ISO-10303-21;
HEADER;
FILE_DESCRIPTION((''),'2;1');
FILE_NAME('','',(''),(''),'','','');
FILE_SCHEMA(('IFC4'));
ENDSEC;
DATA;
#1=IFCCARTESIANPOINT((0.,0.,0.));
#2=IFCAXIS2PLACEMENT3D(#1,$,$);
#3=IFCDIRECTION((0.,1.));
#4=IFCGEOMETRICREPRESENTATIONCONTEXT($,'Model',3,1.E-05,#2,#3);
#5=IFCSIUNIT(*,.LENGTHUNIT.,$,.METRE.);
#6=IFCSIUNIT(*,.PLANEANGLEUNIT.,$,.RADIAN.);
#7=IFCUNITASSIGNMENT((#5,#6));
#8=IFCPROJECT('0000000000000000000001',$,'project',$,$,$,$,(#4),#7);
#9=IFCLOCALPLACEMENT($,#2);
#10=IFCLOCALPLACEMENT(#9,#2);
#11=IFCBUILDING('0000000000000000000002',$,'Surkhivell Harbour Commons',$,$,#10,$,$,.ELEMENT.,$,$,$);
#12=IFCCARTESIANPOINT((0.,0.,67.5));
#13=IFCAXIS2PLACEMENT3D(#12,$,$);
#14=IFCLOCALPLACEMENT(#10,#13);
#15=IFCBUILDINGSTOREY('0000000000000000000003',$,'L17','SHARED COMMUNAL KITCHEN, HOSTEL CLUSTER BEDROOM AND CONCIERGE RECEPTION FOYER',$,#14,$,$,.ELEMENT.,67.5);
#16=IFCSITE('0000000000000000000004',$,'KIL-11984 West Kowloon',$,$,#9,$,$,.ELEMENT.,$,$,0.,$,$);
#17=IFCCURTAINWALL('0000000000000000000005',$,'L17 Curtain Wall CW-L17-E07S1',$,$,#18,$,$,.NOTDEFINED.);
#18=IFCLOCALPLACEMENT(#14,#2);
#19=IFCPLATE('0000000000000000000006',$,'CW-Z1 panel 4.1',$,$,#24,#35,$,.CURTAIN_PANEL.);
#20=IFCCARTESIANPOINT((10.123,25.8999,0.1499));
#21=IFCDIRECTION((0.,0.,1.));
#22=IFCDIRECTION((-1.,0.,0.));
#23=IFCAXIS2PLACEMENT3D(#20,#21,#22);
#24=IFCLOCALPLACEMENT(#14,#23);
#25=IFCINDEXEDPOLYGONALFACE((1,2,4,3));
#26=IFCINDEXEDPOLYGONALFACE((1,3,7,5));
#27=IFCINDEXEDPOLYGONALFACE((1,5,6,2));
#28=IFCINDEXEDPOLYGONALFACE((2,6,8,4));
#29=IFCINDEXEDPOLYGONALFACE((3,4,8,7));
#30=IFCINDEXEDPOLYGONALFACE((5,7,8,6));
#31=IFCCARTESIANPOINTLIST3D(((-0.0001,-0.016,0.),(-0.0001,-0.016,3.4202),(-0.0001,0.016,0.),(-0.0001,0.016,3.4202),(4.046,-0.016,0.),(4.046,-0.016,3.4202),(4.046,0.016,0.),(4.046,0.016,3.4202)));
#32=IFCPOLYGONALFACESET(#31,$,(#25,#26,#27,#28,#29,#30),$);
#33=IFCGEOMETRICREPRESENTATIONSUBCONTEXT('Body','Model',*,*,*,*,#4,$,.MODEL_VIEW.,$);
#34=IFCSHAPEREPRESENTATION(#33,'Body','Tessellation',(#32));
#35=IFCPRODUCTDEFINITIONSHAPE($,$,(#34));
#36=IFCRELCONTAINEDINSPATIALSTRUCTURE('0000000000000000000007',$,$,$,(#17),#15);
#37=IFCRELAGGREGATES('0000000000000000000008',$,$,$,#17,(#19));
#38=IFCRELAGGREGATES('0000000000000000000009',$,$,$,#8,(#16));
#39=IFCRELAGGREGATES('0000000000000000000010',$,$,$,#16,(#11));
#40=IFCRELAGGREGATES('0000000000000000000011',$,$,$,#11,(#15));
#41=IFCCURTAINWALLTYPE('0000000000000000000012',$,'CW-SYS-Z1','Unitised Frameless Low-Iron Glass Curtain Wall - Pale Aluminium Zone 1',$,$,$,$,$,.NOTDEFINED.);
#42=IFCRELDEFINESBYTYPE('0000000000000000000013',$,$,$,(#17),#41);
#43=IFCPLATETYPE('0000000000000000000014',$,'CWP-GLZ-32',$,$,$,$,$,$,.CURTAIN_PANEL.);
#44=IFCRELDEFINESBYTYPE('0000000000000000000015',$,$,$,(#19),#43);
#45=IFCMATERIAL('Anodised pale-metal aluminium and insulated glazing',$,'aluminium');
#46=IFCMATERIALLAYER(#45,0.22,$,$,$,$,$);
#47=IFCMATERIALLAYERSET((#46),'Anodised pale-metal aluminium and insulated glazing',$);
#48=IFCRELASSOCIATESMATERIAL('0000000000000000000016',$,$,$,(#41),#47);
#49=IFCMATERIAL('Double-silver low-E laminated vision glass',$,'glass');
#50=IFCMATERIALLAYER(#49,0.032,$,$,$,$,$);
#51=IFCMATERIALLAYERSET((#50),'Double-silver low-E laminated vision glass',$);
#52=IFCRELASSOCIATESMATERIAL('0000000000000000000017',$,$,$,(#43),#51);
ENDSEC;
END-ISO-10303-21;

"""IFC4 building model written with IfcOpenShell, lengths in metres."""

from ifc_helpers import new_model, si_unit, direction, frame, frame_2d, origin, place, context, subcontext, project, spatial, rectangle, extrude, material, layer, layer_set, type_object, element, aggregate, save


model = new_model("IFC4")

# Units and contexts
model_context = context("Model", 3, precision=1e-05, world=origin(), true_north=direction((0.0, 1.0)))
body_context = subcontext(model_context, "Body", "Model", "MODEL_VIEW")
ifc_project = project(units=[si_unit("LENGTHUNIT", "METRE"), si_unit("PLANEANGLEUNIT", "RADIAN")], contexts=[model_context])

# Site, building, storey
site_placement = place(None, origin())
site = spatial("IfcSite", under=ifc_project, at=site_placement, Name="KIL-11984 West Kowloon", CompositionType="ELEMENT", RefElevation=0.0)
building_placement = place(site_placement, origin())
building = spatial("IfcBuilding", under=site, at=building_placement, Name="Surkhivell Harbour Commons", CompositionType="ELEMENT")
storey_placement = place(building_placement, frame((0.0, 0.0, 67.5)))
storey = spatial("IfcBuildingStorey", under=building, at=storey_placement, Name="L17", Description="SHARED COMMUNAL KITCHEN, HOSTEL CLUSTER BEDROOM AND CONCIERGE RECEPTION FOYER", CompositionType="ELEMENT", Elevation=67.5)

# Curtain wall
ifc_material_1 = material(Name="Anodised pale-metal aluminium and insulated glazing", Category="aluminium")
ifc_layer_1 = layer(ifc_material_1, 0.22)
ifc_layer_set_1 = layer_set([ifc_layer_1], Name="Anodised pale-metal aluminium and insulated glazing")
curtain_wall_type = type_object("IfcCurtainWallType", Name="CW-SYS-Z1", Description="Unitised Frameless Low-Iron Glass Curtain Wall - Pale Aluminium Zone 1", PredefinedType="NOTDEFINED", material=ifc_layer_set_1)
curtain_wall_placement = place(storey_placement, origin())
curtain_wall = element("IfcCurtainWall", 1, at=curtain_wall_placement, inside=storey, type_object=curtain_wall_type, Name="L17 Curtain Wall CW-L17-E07S1", PredefinedType="NOTDEFINED")

# Plate
ifc_material_2 = material(Name="Double-silver low-E laminated vision glass", Category="glass")
ifc_layer_2 = layer(ifc_material_2, 0.032)
ifc_layer_set_2 = layer_set([ifc_layer_2], Name="Double-silver low-E laminated vision glass")
plate_type_1 = type_object("IfcPlateType", Name="CWP-GLZ-32", PredefinedType="CURTAIN_PANEL", material=ifc_layer_set_2)
plate_placement = place(storey_placement, frame((10.123, 25.8999, 0.1499), z_axis=(0.0, 0.0, 1.0), x_axis=(-1.0, 0.0, 0.0)))
plate = element("IfcPlate", 2, at=plate_placement, type_object=plate_type_1, Name="CW-Z1 panel 4.1", PredefinedType="CURTAIN_PANEL", context=body_context, shape_type="SweptSolid", body=[
    extrude(rectangle(XDim=4.0461, YDim=0.032, at=frame_2d((2.0229, 0.0))), origin(), (0.0, 0.0, 1.0), 3.4202),
])
aggregate(curtain_wall, [plate])

save(model, "model.ifc")
